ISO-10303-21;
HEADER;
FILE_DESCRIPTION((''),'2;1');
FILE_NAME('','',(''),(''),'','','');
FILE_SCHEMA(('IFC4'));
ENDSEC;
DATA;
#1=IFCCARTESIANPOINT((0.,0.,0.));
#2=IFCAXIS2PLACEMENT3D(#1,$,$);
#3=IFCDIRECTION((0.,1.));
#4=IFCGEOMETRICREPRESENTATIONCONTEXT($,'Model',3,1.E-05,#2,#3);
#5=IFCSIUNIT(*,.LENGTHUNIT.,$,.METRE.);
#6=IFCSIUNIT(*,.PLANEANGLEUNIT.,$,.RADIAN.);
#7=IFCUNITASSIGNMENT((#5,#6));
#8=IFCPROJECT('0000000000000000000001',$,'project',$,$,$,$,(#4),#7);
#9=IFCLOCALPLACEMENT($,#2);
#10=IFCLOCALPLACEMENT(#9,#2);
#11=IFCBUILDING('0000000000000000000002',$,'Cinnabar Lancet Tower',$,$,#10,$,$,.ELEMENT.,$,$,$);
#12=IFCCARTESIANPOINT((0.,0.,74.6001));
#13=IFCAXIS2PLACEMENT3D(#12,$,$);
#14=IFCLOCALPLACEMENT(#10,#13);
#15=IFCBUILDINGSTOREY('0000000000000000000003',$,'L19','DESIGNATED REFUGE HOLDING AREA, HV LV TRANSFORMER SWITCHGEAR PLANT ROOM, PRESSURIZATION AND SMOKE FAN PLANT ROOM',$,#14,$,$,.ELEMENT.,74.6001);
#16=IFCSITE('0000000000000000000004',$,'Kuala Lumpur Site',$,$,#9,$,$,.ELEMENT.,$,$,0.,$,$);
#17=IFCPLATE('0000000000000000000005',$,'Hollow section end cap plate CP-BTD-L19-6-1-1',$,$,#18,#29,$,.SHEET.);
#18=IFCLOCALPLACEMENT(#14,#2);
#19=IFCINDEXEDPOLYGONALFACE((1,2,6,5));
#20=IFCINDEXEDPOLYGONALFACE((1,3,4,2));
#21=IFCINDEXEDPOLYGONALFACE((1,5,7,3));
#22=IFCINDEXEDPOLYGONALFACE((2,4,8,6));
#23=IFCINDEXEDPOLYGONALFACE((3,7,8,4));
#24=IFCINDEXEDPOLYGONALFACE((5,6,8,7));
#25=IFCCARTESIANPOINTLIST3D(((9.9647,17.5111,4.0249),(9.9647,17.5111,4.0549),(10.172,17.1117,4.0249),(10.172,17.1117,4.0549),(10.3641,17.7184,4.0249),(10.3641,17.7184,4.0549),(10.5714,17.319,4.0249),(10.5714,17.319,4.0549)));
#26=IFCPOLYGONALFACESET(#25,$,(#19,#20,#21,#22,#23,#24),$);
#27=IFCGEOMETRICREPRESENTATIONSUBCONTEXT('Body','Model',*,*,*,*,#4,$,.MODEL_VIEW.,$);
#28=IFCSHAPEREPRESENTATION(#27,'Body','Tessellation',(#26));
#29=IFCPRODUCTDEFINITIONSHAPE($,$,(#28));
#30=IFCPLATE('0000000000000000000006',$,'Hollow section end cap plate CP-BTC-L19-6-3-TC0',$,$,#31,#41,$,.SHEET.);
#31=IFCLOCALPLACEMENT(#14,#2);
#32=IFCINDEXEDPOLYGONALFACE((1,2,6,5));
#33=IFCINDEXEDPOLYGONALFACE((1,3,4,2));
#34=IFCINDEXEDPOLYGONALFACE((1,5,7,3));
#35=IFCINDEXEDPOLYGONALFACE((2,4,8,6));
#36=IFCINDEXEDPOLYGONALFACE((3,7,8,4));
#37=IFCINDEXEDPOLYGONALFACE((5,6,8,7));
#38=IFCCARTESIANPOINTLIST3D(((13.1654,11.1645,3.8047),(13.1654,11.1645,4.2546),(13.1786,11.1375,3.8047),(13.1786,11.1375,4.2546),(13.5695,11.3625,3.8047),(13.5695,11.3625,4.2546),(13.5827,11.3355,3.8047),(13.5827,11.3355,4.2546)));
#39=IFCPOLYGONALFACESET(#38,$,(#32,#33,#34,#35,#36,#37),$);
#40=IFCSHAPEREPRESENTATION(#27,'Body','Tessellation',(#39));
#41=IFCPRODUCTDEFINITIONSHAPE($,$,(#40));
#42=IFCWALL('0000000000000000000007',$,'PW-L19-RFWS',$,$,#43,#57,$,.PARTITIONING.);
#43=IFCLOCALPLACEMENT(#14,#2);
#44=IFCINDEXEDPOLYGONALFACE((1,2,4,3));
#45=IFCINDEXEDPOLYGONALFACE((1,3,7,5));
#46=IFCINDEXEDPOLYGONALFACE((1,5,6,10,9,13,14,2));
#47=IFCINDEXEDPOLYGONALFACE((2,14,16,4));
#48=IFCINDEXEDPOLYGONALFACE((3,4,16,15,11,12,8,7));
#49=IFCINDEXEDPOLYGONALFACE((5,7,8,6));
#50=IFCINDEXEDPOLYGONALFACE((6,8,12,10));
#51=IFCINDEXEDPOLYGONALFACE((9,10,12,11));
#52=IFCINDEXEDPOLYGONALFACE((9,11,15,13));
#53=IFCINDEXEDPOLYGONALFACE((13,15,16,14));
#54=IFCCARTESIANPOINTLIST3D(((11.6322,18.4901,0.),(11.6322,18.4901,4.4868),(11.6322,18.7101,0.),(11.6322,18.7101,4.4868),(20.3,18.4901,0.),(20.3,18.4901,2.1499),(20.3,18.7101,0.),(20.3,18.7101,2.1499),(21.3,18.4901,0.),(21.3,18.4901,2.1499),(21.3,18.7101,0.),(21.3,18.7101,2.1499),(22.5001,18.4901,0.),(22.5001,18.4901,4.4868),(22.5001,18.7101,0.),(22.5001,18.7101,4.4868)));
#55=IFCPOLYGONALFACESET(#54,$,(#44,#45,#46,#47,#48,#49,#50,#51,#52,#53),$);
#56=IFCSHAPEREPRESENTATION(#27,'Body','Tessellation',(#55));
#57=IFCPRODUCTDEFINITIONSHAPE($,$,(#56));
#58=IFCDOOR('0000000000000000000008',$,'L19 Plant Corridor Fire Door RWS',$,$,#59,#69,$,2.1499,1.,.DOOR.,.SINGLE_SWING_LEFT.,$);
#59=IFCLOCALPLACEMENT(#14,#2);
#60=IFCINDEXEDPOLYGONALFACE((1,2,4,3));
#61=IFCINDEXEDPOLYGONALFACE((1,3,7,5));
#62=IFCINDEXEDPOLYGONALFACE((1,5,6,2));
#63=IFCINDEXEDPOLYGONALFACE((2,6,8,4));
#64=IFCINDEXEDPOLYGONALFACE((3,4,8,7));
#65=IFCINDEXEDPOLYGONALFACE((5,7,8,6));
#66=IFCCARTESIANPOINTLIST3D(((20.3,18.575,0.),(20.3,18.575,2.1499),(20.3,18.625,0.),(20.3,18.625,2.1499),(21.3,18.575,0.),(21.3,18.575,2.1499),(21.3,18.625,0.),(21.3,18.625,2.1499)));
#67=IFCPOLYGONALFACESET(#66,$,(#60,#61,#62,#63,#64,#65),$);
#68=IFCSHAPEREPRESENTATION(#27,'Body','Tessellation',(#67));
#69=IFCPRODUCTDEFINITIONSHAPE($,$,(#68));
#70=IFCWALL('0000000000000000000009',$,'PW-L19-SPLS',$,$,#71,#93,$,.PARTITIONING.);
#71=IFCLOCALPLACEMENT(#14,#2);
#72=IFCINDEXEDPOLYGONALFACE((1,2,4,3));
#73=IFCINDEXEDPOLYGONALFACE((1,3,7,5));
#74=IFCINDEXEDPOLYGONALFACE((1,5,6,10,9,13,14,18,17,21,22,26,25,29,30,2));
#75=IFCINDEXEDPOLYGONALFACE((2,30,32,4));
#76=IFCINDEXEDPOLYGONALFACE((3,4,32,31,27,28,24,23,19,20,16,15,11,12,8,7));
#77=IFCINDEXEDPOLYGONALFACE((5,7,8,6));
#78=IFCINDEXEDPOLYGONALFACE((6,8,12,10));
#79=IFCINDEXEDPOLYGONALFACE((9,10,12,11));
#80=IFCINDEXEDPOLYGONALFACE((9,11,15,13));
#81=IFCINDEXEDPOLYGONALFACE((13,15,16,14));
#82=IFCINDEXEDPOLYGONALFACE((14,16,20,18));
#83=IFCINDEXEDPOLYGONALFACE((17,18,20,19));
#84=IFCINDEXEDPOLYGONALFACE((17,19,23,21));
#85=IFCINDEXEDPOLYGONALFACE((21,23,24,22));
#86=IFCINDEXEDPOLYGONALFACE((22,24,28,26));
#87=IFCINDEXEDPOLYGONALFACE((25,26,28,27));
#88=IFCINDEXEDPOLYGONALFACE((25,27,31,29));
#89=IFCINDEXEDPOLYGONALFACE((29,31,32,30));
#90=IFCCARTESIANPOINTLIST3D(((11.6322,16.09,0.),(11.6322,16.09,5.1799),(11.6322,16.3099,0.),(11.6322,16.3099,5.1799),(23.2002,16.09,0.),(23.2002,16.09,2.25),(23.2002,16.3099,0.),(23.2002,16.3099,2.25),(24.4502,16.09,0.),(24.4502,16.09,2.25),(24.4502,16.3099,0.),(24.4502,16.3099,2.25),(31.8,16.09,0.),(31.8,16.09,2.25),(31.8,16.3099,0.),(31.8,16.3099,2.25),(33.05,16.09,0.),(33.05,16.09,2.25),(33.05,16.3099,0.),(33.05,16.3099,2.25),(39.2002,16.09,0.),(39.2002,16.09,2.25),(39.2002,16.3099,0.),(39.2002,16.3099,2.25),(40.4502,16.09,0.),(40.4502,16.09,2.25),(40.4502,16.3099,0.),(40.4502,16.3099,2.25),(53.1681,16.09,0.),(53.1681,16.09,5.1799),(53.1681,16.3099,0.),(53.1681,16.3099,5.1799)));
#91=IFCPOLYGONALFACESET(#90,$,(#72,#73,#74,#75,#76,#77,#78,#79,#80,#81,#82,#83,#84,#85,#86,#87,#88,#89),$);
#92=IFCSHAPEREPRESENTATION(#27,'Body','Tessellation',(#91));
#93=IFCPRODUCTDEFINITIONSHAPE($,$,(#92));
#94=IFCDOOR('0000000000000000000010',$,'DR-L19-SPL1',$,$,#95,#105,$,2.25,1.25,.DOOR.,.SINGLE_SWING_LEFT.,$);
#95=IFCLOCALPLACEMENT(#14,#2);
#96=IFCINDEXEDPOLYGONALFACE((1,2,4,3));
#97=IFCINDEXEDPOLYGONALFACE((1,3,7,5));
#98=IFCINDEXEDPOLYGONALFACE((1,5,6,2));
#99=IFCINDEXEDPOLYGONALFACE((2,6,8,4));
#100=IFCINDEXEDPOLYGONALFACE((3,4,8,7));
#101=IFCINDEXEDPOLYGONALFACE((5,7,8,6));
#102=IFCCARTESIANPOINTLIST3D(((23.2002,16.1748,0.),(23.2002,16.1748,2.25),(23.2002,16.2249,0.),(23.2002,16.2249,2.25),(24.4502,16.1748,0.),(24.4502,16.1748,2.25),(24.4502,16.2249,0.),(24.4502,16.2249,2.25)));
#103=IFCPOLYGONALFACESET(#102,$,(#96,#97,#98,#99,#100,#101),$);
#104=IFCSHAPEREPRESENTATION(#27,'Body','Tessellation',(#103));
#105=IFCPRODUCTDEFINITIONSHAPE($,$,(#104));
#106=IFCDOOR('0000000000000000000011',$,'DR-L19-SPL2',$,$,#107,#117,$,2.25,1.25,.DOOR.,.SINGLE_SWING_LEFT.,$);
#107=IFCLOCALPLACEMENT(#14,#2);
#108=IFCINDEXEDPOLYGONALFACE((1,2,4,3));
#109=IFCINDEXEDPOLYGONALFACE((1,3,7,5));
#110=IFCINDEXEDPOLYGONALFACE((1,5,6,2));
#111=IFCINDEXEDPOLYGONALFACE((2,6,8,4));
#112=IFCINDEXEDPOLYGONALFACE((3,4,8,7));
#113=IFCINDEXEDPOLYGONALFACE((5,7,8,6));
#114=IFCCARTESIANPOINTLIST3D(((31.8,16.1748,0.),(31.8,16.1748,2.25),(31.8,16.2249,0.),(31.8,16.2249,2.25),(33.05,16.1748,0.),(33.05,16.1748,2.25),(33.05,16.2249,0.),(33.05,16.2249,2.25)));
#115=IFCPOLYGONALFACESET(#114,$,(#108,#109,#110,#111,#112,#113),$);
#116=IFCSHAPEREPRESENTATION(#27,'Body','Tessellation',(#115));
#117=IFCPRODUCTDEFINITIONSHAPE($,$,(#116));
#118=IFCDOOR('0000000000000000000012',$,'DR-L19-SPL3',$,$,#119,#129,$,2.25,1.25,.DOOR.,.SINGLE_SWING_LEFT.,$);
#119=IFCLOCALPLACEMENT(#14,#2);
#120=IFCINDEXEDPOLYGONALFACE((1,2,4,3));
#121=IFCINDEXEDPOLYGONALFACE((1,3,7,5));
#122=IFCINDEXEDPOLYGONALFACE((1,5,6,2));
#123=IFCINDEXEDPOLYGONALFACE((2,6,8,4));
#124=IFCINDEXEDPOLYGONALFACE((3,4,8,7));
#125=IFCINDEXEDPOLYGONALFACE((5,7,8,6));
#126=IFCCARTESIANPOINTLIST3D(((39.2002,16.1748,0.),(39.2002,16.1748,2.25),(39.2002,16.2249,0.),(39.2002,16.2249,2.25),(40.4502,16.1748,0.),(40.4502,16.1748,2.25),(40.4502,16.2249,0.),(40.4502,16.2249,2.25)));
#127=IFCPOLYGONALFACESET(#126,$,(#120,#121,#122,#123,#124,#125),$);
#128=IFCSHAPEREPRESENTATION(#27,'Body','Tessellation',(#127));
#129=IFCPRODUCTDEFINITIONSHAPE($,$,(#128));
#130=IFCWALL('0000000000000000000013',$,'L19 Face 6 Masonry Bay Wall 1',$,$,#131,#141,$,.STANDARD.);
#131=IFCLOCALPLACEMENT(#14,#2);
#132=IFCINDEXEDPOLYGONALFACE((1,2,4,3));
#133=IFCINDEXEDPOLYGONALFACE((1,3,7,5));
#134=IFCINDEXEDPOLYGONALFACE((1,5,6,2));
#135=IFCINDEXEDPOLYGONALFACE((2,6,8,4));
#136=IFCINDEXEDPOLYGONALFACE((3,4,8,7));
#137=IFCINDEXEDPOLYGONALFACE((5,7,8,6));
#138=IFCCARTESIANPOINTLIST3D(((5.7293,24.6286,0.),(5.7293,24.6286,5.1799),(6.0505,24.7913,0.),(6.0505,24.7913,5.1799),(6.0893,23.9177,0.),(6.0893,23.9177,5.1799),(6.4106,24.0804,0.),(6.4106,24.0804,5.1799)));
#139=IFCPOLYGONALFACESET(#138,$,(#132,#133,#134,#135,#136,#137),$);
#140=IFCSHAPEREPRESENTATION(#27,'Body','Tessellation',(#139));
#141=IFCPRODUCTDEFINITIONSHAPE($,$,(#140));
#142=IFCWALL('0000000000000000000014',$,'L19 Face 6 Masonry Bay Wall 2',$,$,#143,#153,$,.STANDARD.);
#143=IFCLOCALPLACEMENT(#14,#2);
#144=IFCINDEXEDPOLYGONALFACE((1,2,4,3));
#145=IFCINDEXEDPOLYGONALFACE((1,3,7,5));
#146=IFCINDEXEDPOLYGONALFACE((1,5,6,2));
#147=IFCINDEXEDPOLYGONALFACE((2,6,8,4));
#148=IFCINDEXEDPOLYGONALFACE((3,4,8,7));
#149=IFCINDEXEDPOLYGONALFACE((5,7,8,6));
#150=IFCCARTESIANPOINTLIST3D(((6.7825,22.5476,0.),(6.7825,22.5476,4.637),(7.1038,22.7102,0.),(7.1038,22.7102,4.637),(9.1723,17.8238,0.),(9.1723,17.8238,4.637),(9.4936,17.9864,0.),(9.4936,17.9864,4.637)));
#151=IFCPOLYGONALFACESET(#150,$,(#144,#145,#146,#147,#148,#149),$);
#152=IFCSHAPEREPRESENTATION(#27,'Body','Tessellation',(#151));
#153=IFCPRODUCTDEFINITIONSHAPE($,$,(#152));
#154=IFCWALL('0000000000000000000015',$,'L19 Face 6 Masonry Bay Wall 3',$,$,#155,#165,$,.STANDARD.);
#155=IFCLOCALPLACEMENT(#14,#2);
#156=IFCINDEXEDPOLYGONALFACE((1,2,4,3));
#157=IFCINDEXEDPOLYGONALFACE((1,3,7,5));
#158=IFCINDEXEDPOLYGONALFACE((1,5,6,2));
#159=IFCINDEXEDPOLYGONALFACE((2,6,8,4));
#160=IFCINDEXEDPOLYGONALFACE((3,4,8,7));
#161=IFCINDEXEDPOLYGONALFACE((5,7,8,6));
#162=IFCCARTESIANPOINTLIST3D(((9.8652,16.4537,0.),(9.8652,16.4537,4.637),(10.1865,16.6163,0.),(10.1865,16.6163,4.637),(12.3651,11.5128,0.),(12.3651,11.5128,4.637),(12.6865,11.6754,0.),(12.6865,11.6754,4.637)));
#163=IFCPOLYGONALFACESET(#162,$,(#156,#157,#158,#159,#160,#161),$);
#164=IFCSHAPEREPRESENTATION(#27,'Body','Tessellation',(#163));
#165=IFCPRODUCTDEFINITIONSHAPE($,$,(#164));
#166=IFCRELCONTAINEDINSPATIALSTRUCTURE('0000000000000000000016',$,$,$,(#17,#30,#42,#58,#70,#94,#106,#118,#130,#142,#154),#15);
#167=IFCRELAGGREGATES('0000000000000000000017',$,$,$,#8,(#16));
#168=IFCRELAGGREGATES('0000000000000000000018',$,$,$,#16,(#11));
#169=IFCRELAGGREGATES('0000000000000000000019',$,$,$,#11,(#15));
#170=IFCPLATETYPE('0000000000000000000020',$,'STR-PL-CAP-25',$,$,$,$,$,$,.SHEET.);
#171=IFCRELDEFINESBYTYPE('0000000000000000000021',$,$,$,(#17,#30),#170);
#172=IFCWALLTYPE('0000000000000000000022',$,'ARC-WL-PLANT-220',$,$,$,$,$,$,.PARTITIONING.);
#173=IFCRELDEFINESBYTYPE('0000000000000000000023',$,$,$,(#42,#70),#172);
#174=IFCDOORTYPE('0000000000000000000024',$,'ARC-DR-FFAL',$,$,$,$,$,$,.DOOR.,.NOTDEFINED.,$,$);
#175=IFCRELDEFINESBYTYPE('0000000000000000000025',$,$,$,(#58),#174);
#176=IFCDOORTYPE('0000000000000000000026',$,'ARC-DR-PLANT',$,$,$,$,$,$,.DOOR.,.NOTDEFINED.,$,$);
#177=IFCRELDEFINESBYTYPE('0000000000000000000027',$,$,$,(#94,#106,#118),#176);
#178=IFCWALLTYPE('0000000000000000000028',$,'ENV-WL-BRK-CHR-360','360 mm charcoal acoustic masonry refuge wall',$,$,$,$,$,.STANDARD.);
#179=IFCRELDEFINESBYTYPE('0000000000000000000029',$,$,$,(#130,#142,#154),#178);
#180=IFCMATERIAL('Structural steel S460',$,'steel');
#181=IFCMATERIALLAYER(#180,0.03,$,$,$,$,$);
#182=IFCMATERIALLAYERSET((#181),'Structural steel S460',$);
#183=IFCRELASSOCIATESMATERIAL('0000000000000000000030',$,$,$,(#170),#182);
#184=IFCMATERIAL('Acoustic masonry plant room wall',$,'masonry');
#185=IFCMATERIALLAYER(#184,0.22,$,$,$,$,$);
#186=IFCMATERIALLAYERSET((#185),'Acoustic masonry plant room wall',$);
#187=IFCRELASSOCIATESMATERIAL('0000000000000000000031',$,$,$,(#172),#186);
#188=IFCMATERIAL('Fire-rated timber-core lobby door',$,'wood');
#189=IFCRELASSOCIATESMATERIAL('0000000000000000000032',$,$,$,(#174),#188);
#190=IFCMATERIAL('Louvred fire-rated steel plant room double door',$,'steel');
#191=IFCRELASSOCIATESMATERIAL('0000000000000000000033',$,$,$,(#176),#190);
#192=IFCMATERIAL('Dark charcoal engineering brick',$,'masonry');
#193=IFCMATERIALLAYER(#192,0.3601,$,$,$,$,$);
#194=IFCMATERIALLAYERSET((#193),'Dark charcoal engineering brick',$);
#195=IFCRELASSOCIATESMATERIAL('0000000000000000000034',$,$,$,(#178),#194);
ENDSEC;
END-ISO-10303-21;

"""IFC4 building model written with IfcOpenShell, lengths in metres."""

from ifc_helpers import new_model, si_unit, direction, frame, frame_2d, origin, origin_2d, place, context, subcontext, project, spatial, rectangle, extrude, material, layer, layer_set, type_object, element, fill, save


model = new_model("IFC4")

# Units and contexts
model_context = context("Model", 3, precision=1e-05, world=origin(), true_north=direction((0.0, 1.0)))
body_context = subcontext(model_context, "Body", "Model", "MODEL_VIEW")
ifc_project = project(units=[si_unit("LENGTHUNIT", "METRE"), si_unit("PLANEANGLEUNIT", "RADIAN")], contexts=[model_context])

# Site, building, storey
site_placement = place(None, origin())
site = spatial("IfcSite", under=ifc_project, at=site_placement, Name="Kuala Lumpur Site", CompositionType="ELEMENT", RefElevation=0.0)
building_placement = place(site_placement, origin())
building = spatial("IfcBuilding", under=site, at=building_placement, Name="Cinnabar Lancet Tower", CompositionType="ELEMENT")
storey_placement = place(building_placement, frame((0.0, 0.0, 74.6001)))
storey = spatial("IfcBuildingStorey", under=building, at=storey_placement, Name="L19", Description="DESIGNATED REFUGE HOLDING AREA, HV LV TRANSFORMER SWITCHGEAR PLANT ROOM, PRESSURIZATION AND SMOKE FAN PLANT ROOM", CompositionType="ELEMENT", Elevation=74.6001)

# Plates
ifc_material_1 = material(Name="Structural steel S460", Category="steel")
ifc_layer_1 = layer(ifc_material_1, 0.03)
ifc_layer_set_1 = layer_set([ifc_layer_1], Name="Structural steel S460")
plate_type = type_object("IfcPlateType", Name="STR-PL-CAP-25", PredefinedType="SHEET", material=ifc_layer_set_1)
for number, where, z_axis, x_axis, name in (
    (1, (10.2681, 17.415, 4.0249), (0.0, 0.0, 1.0), (0.460649, -0.887582, 0.0), "Hollow section end cap plate CP-BTD-L19-6-1-1"),
):
    element("IfcPlate", number, at=place(storey_placement, frame(where, z_axis=z_axis, x_axis=x_axis)), inside=storey, type_object=plate_type, Name=name, PredefinedType="SHEET", context=body_context, shape_type="SweptSolid", body=[
        extrude(rectangle(XDim=0.45, YDim=0.45, at=origin_2d()), origin(), (0.0, 0.0, 1.0), 0.03),
    ])
plate_placement = place(storey_placement, frame((13.374, 11.25, 3.8047), z_axis=(0.0, 0.0, 1.0), x_axis=(-0.439939, 0.898028, 0.0)))
element("IfcPlate", 2, at=plate_placement, inside=storey, type_object=plate_type, Name="Hollow section end cap plate CP-BTC-L19-6-3-TC0", PredefinedType="SHEET", context=body_context, shape_type="SweptSolid", body=[
    extrude(rectangle(XDim=0.03, YDim=0.45, at=origin_2d()), origin(), (0.0, 0.0, 1.0), 0.45),
])

# Wall, opening, door
ifc_material_2 = material(Name="Acoustic masonry plant room wall", Category="masonry")
ifc_layer_2 = layer(ifc_material_2, 0.22)
ifc_layer_set_2 = layer_set([ifc_layer_2], Name="Acoustic masonry plant room wall")
wall_type_1 = type_object("IfcWallType", Name="ARC-WL-PLANT-220", PredefinedType="PARTITIONING", material=ifc_layer_set_2)
wall_1_placement = place(storey_placement, frame((11.6321, 18.6001, 0.0), z_axis=(0.0, 0.0, 1.0), x_axis=(1.0, 0.0, 0.0)))
wall_1 = element("IfcWall", 3, at=wall_1_placement, inside=storey, type_object=wall_type_1, Name="PW-L19-RFWS", PredefinedType="PARTITIONING", context=body_context, shape_type="SweptSolid", body=[
    extrude(rectangle(XDim=10.8679, YDim=0.22, at=frame_2d((5.4341, 0.0))), origin(), (0.0, 0.0, 1.0), 4.4868),
])
opening_1_placement = place(wall_1_placement, frame((8.668, 0.0, 0.0)))
opening_1 = element("IfcOpeningElement", 4, at=opening_1_placement, cuts=wall_1, PredefinedType="OPENING", context=body_context, shape_type="SweptSolid", body=[
    extrude(rectangle(XDim=1.0, YDim=2.1499, at=frame_2d((0.5, 1.075))), frame((0.0, 0.1199, 0.0), z_axis=(0.0, -1.0, 0.0), x_axis=(1.0, 0.0, 0.0)), (0.0, 0.0, 1.0), 0.24),
])
ifc_material_3 = material(Name="Fire-rated timber-core lobby door", Category="wood")
door_type_1 = type_object("IfcDoorType", Name="ARC-DR-FFAL", OperationType="NOTDEFINED", PredefinedType="DOOR", material=ifc_material_3)
door_1_placement = place(opening_1_placement, origin())
door_1 = element("IfcDoor", 5, at=door_1_placement, inside=storey, type_object=door_type_1, Name="L19 Plant Corridor Fire Door RWS", OperationType="SINGLE_SWING_LEFT", OverallHeight=2.1499, OverallWidth=1.0, PredefinedType="DOOR", context=body_context, shape_type="SweptSolid", body=[
    extrude(rectangle(XDim=1.0, YDim=2.1499, at=frame_2d((0.5, 1.075))), frame((0.0, 0.0249, 0.0), z_axis=(0.0, -1.0, 0.0), x_axis=(1.0, 0.0, 0.0)), (0.0, 0.0, 1.0), 0.05),
])
fill(opening_1, door_1)

# Wall, openings, doors
wall_2_placement = place(storey_placement, frame((11.6321, 16.2, 0.0), z_axis=(0.0, 0.0, 1.0), x_axis=(1.0, 0.0, 0.0)))
wall_2 = element("IfcWall", 6, at=wall_2_placement, inside=storey, type_object=wall_type_1, Name="PW-L19-SPLS", PredefinedType="PARTITIONING", context=body_context, shape_type="SweptSolid", body=[
    extrude(rectangle(XDim=41.5359, YDim=0.22, at=frame_2d((20.7681, 0.0))), origin(), (0.0, 0.0, 1.0), 5.1799),
])
opening_2_placement = place(wall_2_placement, frame((11.5681, 0.0, 0.0)))
opening_2 = element("IfcOpeningElement", 7, at=opening_2_placement, cuts=wall_2, PredefinedType="OPENING", context=body_context, shape_type="SweptSolid", body=[
    extrude(rectangle(XDim=1.25, YDim=2.25, at=frame_2d((0.625, 1.125))), frame((0.0, 0.1199, 0.0), z_axis=(0.0, -1.0, 0.0), x_axis=(1.0, 0.0, 0.0)), (0.0, 0.0, 1.0), 0.24),
])
opening_3_placement = place(wall_2_placement, frame((20.168, 0.0, 0.0)))
opening_3 = element("IfcOpeningElement", 8, at=opening_3_placement, cuts=wall_2, PredefinedType="OPENING", context=body_context, shape_type="SweptSolid", body=[
    extrude(rectangle(XDim=1.25, YDim=2.25, at=frame_2d((0.625, 1.125))), frame((0.0, 0.1199, 0.0), z_axis=(0.0, -1.0, 0.0), x_axis=(1.0, 0.0, 0.0)), (0.0, 0.0, 1.0), 0.24),
])
opening_4_placement = place(wall_2_placement, frame((27.5681, 0.0, 0.0)))
opening_4 = element("IfcOpeningElement", 9, at=opening_4_placement, cuts=wall_2, PredefinedType="OPENING", context=body_context, shape_type="SweptSolid", body=[
    extrude(rectangle(XDim=1.25, YDim=2.25, at=frame_2d((0.625, 1.125))), frame((0.0, 0.1199, 0.0), z_axis=(0.0, -1.0, 0.0), x_axis=(1.0, 0.0, 0.0)), (0.0, 0.0, 1.0), 0.24),
])
ifc_material_4 = material(Name="Louvred fire-rated steel plant room double door", Category="steel")
door_type_2 = type_object("IfcDoorType", Name="ARC-DR-PLANT", OperationType="NOTDEFINED", PredefinedType="DOOR", material=ifc_material_4)
door_2_placement = place(opening_2_placement, origin())
door_2 = element("IfcDoor", 10, at=door_2_placement, inside=storey, type_object=door_type_2, Name="DR-L19-SPL1", OperationType="SINGLE_SWING_LEFT", OverallHeight=2.25, OverallWidth=1.25, PredefinedType="DOOR", context=body_context, shape_type="SweptSolid", body=[
    extrude(rectangle(XDim=1.25, YDim=2.25, at=frame_2d((0.625, 1.125))), frame((0.0, 0.0249, 0.0), z_axis=(0.0, -1.0, 0.0), x_axis=(1.0, 0.0, 0.0)), (0.0, 0.0, 1.0), 0.05),
])
fill(opening_2, door_2)
door_3_placement = place(opening_3_placement, origin())
door_3 = element("IfcDoor", 11, at=door_3_placement, inside=storey, type_object=door_type_2, Name="DR-L19-SPL2", OperationType="SINGLE_SWING_LEFT", OverallHeight=2.25, OverallWidth=1.25, PredefinedType="DOOR", context=body_context, shape_type="SweptSolid", body=[
    extrude(rectangle(XDim=1.25, YDim=2.25, at=frame_2d((0.625, 1.125))), frame((0.0, 0.0249, 0.0), z_axis=(0.0, -1.0, 0.0), x_axis=(1.0, 0.0, 0.0)), (0.0, 0.0, 1.0), 0.05),
])
fill(opening_3, door_3)
door_4_placement = place(opening_4_placement, origin())
door_4 = element("IfcDoor", 12, at=door_4_placement, inside=storey, type_object=door_type_2, Name="DR-L19-SPL3", OperationType="SINGLE_SWING_LEFT", OverallHeight=2.25, OverallWidth=1.25, PredefinedType="DOOR", context=body_context, shape_type="SweptSolid", body=[
    extrude(rectangle(XDim=1.25, YDim=2.25, at=frame_2d((0.625, 1.125))), frame((0.0, 0.0249, 0.0), z_axis=(0.0, -1.0, 0.0), x_axis=(1.0, 0.0, 0.0)), (0.0, 0.0, 1.0), 0.05),
])
fill(opening_4, door_4)

# Walls
ifc_material_5 = material(Name="Dark charcoal engineering brick", Category="masonry")
ifc_layer_3 = layer(ifc_material_5, 0.3601)
ifc_layer_set_3 = layer_set([ifc_layer_3], Name="Dark charcoal engineering brick")
wall_type_2 = type_object("IfcWallType", Name="ENV-WL-BRK-CHR-360", Description="360 mm charcoal acoustic masonry refuge wall", PredefinedType="STANDARD", material=ifc_layer_set_3)
wall_3_placement = place(storey_placement, frame((5.8899, 24.71, 0.0), z_axis=(0.0, 0.0, 1.0), x_axis=(0.451864, -0.892087, 0.0)))
element("IfcWall", 13, at=wall_3_placement, inside=storey, type_object=wall_type_2, Name="L19 Face 6 Masonry Bay Wall 1", PredefinedType="STANDARD", context=body_context, shape_type="SweptSolid", body=[
    extrude(rectangle(XDim=0.7969, YDim=0.3601, at=frame_2d((0.3984, 0.0))), origin(), (0.0, 0.0, 1.0), 5.1799),
])
wall_4_placement = place(storey_placement, frame((6.9431, 22.6289, 0.0), z_axis=(0.0, 0.0, 1.0), x_axis=(0.451433, -0.892305, 0.0)))
element("IfcWall", 14, at=wall_4_placement, inside=storey, type_object=wall_type_2, Name="L19 Face 6 Masonry Bay Wall 2", PredefinedType="STANDARD", context=body_context, shape_type="SweptSolid", body=[
    extrude(rectangle(XDim=5.2939, YDim=0.3601, at=frame_2d((2.647, 0.0))), origin(), (0.0, 0.0, 1.0), 4.637),
])
wall_5_placement = place(storey_placement, frame((10.0259, 16.5349, 0.0), z_axis=(0.0, 0.0, 1.0), x_axis=(0.451476, -0.892283, 0.0)))
element("IfcWall", 15, at=wall_5_placement, inside=storey, type_object=wall_type_2, Name="L19 Face 6 Masonry Bay Wall 3", PredefinedType="STANDARD", context=body_context, shape_type="SweptSolid", body=[
    extrude(rectangle(XDim=5.5374, YDim=0.3601, at=frame_2d((2.7686, 0.0))), origin(), (0.0, 0.0, 1.0), 4.637),
])

save(model, "model.ifc")
